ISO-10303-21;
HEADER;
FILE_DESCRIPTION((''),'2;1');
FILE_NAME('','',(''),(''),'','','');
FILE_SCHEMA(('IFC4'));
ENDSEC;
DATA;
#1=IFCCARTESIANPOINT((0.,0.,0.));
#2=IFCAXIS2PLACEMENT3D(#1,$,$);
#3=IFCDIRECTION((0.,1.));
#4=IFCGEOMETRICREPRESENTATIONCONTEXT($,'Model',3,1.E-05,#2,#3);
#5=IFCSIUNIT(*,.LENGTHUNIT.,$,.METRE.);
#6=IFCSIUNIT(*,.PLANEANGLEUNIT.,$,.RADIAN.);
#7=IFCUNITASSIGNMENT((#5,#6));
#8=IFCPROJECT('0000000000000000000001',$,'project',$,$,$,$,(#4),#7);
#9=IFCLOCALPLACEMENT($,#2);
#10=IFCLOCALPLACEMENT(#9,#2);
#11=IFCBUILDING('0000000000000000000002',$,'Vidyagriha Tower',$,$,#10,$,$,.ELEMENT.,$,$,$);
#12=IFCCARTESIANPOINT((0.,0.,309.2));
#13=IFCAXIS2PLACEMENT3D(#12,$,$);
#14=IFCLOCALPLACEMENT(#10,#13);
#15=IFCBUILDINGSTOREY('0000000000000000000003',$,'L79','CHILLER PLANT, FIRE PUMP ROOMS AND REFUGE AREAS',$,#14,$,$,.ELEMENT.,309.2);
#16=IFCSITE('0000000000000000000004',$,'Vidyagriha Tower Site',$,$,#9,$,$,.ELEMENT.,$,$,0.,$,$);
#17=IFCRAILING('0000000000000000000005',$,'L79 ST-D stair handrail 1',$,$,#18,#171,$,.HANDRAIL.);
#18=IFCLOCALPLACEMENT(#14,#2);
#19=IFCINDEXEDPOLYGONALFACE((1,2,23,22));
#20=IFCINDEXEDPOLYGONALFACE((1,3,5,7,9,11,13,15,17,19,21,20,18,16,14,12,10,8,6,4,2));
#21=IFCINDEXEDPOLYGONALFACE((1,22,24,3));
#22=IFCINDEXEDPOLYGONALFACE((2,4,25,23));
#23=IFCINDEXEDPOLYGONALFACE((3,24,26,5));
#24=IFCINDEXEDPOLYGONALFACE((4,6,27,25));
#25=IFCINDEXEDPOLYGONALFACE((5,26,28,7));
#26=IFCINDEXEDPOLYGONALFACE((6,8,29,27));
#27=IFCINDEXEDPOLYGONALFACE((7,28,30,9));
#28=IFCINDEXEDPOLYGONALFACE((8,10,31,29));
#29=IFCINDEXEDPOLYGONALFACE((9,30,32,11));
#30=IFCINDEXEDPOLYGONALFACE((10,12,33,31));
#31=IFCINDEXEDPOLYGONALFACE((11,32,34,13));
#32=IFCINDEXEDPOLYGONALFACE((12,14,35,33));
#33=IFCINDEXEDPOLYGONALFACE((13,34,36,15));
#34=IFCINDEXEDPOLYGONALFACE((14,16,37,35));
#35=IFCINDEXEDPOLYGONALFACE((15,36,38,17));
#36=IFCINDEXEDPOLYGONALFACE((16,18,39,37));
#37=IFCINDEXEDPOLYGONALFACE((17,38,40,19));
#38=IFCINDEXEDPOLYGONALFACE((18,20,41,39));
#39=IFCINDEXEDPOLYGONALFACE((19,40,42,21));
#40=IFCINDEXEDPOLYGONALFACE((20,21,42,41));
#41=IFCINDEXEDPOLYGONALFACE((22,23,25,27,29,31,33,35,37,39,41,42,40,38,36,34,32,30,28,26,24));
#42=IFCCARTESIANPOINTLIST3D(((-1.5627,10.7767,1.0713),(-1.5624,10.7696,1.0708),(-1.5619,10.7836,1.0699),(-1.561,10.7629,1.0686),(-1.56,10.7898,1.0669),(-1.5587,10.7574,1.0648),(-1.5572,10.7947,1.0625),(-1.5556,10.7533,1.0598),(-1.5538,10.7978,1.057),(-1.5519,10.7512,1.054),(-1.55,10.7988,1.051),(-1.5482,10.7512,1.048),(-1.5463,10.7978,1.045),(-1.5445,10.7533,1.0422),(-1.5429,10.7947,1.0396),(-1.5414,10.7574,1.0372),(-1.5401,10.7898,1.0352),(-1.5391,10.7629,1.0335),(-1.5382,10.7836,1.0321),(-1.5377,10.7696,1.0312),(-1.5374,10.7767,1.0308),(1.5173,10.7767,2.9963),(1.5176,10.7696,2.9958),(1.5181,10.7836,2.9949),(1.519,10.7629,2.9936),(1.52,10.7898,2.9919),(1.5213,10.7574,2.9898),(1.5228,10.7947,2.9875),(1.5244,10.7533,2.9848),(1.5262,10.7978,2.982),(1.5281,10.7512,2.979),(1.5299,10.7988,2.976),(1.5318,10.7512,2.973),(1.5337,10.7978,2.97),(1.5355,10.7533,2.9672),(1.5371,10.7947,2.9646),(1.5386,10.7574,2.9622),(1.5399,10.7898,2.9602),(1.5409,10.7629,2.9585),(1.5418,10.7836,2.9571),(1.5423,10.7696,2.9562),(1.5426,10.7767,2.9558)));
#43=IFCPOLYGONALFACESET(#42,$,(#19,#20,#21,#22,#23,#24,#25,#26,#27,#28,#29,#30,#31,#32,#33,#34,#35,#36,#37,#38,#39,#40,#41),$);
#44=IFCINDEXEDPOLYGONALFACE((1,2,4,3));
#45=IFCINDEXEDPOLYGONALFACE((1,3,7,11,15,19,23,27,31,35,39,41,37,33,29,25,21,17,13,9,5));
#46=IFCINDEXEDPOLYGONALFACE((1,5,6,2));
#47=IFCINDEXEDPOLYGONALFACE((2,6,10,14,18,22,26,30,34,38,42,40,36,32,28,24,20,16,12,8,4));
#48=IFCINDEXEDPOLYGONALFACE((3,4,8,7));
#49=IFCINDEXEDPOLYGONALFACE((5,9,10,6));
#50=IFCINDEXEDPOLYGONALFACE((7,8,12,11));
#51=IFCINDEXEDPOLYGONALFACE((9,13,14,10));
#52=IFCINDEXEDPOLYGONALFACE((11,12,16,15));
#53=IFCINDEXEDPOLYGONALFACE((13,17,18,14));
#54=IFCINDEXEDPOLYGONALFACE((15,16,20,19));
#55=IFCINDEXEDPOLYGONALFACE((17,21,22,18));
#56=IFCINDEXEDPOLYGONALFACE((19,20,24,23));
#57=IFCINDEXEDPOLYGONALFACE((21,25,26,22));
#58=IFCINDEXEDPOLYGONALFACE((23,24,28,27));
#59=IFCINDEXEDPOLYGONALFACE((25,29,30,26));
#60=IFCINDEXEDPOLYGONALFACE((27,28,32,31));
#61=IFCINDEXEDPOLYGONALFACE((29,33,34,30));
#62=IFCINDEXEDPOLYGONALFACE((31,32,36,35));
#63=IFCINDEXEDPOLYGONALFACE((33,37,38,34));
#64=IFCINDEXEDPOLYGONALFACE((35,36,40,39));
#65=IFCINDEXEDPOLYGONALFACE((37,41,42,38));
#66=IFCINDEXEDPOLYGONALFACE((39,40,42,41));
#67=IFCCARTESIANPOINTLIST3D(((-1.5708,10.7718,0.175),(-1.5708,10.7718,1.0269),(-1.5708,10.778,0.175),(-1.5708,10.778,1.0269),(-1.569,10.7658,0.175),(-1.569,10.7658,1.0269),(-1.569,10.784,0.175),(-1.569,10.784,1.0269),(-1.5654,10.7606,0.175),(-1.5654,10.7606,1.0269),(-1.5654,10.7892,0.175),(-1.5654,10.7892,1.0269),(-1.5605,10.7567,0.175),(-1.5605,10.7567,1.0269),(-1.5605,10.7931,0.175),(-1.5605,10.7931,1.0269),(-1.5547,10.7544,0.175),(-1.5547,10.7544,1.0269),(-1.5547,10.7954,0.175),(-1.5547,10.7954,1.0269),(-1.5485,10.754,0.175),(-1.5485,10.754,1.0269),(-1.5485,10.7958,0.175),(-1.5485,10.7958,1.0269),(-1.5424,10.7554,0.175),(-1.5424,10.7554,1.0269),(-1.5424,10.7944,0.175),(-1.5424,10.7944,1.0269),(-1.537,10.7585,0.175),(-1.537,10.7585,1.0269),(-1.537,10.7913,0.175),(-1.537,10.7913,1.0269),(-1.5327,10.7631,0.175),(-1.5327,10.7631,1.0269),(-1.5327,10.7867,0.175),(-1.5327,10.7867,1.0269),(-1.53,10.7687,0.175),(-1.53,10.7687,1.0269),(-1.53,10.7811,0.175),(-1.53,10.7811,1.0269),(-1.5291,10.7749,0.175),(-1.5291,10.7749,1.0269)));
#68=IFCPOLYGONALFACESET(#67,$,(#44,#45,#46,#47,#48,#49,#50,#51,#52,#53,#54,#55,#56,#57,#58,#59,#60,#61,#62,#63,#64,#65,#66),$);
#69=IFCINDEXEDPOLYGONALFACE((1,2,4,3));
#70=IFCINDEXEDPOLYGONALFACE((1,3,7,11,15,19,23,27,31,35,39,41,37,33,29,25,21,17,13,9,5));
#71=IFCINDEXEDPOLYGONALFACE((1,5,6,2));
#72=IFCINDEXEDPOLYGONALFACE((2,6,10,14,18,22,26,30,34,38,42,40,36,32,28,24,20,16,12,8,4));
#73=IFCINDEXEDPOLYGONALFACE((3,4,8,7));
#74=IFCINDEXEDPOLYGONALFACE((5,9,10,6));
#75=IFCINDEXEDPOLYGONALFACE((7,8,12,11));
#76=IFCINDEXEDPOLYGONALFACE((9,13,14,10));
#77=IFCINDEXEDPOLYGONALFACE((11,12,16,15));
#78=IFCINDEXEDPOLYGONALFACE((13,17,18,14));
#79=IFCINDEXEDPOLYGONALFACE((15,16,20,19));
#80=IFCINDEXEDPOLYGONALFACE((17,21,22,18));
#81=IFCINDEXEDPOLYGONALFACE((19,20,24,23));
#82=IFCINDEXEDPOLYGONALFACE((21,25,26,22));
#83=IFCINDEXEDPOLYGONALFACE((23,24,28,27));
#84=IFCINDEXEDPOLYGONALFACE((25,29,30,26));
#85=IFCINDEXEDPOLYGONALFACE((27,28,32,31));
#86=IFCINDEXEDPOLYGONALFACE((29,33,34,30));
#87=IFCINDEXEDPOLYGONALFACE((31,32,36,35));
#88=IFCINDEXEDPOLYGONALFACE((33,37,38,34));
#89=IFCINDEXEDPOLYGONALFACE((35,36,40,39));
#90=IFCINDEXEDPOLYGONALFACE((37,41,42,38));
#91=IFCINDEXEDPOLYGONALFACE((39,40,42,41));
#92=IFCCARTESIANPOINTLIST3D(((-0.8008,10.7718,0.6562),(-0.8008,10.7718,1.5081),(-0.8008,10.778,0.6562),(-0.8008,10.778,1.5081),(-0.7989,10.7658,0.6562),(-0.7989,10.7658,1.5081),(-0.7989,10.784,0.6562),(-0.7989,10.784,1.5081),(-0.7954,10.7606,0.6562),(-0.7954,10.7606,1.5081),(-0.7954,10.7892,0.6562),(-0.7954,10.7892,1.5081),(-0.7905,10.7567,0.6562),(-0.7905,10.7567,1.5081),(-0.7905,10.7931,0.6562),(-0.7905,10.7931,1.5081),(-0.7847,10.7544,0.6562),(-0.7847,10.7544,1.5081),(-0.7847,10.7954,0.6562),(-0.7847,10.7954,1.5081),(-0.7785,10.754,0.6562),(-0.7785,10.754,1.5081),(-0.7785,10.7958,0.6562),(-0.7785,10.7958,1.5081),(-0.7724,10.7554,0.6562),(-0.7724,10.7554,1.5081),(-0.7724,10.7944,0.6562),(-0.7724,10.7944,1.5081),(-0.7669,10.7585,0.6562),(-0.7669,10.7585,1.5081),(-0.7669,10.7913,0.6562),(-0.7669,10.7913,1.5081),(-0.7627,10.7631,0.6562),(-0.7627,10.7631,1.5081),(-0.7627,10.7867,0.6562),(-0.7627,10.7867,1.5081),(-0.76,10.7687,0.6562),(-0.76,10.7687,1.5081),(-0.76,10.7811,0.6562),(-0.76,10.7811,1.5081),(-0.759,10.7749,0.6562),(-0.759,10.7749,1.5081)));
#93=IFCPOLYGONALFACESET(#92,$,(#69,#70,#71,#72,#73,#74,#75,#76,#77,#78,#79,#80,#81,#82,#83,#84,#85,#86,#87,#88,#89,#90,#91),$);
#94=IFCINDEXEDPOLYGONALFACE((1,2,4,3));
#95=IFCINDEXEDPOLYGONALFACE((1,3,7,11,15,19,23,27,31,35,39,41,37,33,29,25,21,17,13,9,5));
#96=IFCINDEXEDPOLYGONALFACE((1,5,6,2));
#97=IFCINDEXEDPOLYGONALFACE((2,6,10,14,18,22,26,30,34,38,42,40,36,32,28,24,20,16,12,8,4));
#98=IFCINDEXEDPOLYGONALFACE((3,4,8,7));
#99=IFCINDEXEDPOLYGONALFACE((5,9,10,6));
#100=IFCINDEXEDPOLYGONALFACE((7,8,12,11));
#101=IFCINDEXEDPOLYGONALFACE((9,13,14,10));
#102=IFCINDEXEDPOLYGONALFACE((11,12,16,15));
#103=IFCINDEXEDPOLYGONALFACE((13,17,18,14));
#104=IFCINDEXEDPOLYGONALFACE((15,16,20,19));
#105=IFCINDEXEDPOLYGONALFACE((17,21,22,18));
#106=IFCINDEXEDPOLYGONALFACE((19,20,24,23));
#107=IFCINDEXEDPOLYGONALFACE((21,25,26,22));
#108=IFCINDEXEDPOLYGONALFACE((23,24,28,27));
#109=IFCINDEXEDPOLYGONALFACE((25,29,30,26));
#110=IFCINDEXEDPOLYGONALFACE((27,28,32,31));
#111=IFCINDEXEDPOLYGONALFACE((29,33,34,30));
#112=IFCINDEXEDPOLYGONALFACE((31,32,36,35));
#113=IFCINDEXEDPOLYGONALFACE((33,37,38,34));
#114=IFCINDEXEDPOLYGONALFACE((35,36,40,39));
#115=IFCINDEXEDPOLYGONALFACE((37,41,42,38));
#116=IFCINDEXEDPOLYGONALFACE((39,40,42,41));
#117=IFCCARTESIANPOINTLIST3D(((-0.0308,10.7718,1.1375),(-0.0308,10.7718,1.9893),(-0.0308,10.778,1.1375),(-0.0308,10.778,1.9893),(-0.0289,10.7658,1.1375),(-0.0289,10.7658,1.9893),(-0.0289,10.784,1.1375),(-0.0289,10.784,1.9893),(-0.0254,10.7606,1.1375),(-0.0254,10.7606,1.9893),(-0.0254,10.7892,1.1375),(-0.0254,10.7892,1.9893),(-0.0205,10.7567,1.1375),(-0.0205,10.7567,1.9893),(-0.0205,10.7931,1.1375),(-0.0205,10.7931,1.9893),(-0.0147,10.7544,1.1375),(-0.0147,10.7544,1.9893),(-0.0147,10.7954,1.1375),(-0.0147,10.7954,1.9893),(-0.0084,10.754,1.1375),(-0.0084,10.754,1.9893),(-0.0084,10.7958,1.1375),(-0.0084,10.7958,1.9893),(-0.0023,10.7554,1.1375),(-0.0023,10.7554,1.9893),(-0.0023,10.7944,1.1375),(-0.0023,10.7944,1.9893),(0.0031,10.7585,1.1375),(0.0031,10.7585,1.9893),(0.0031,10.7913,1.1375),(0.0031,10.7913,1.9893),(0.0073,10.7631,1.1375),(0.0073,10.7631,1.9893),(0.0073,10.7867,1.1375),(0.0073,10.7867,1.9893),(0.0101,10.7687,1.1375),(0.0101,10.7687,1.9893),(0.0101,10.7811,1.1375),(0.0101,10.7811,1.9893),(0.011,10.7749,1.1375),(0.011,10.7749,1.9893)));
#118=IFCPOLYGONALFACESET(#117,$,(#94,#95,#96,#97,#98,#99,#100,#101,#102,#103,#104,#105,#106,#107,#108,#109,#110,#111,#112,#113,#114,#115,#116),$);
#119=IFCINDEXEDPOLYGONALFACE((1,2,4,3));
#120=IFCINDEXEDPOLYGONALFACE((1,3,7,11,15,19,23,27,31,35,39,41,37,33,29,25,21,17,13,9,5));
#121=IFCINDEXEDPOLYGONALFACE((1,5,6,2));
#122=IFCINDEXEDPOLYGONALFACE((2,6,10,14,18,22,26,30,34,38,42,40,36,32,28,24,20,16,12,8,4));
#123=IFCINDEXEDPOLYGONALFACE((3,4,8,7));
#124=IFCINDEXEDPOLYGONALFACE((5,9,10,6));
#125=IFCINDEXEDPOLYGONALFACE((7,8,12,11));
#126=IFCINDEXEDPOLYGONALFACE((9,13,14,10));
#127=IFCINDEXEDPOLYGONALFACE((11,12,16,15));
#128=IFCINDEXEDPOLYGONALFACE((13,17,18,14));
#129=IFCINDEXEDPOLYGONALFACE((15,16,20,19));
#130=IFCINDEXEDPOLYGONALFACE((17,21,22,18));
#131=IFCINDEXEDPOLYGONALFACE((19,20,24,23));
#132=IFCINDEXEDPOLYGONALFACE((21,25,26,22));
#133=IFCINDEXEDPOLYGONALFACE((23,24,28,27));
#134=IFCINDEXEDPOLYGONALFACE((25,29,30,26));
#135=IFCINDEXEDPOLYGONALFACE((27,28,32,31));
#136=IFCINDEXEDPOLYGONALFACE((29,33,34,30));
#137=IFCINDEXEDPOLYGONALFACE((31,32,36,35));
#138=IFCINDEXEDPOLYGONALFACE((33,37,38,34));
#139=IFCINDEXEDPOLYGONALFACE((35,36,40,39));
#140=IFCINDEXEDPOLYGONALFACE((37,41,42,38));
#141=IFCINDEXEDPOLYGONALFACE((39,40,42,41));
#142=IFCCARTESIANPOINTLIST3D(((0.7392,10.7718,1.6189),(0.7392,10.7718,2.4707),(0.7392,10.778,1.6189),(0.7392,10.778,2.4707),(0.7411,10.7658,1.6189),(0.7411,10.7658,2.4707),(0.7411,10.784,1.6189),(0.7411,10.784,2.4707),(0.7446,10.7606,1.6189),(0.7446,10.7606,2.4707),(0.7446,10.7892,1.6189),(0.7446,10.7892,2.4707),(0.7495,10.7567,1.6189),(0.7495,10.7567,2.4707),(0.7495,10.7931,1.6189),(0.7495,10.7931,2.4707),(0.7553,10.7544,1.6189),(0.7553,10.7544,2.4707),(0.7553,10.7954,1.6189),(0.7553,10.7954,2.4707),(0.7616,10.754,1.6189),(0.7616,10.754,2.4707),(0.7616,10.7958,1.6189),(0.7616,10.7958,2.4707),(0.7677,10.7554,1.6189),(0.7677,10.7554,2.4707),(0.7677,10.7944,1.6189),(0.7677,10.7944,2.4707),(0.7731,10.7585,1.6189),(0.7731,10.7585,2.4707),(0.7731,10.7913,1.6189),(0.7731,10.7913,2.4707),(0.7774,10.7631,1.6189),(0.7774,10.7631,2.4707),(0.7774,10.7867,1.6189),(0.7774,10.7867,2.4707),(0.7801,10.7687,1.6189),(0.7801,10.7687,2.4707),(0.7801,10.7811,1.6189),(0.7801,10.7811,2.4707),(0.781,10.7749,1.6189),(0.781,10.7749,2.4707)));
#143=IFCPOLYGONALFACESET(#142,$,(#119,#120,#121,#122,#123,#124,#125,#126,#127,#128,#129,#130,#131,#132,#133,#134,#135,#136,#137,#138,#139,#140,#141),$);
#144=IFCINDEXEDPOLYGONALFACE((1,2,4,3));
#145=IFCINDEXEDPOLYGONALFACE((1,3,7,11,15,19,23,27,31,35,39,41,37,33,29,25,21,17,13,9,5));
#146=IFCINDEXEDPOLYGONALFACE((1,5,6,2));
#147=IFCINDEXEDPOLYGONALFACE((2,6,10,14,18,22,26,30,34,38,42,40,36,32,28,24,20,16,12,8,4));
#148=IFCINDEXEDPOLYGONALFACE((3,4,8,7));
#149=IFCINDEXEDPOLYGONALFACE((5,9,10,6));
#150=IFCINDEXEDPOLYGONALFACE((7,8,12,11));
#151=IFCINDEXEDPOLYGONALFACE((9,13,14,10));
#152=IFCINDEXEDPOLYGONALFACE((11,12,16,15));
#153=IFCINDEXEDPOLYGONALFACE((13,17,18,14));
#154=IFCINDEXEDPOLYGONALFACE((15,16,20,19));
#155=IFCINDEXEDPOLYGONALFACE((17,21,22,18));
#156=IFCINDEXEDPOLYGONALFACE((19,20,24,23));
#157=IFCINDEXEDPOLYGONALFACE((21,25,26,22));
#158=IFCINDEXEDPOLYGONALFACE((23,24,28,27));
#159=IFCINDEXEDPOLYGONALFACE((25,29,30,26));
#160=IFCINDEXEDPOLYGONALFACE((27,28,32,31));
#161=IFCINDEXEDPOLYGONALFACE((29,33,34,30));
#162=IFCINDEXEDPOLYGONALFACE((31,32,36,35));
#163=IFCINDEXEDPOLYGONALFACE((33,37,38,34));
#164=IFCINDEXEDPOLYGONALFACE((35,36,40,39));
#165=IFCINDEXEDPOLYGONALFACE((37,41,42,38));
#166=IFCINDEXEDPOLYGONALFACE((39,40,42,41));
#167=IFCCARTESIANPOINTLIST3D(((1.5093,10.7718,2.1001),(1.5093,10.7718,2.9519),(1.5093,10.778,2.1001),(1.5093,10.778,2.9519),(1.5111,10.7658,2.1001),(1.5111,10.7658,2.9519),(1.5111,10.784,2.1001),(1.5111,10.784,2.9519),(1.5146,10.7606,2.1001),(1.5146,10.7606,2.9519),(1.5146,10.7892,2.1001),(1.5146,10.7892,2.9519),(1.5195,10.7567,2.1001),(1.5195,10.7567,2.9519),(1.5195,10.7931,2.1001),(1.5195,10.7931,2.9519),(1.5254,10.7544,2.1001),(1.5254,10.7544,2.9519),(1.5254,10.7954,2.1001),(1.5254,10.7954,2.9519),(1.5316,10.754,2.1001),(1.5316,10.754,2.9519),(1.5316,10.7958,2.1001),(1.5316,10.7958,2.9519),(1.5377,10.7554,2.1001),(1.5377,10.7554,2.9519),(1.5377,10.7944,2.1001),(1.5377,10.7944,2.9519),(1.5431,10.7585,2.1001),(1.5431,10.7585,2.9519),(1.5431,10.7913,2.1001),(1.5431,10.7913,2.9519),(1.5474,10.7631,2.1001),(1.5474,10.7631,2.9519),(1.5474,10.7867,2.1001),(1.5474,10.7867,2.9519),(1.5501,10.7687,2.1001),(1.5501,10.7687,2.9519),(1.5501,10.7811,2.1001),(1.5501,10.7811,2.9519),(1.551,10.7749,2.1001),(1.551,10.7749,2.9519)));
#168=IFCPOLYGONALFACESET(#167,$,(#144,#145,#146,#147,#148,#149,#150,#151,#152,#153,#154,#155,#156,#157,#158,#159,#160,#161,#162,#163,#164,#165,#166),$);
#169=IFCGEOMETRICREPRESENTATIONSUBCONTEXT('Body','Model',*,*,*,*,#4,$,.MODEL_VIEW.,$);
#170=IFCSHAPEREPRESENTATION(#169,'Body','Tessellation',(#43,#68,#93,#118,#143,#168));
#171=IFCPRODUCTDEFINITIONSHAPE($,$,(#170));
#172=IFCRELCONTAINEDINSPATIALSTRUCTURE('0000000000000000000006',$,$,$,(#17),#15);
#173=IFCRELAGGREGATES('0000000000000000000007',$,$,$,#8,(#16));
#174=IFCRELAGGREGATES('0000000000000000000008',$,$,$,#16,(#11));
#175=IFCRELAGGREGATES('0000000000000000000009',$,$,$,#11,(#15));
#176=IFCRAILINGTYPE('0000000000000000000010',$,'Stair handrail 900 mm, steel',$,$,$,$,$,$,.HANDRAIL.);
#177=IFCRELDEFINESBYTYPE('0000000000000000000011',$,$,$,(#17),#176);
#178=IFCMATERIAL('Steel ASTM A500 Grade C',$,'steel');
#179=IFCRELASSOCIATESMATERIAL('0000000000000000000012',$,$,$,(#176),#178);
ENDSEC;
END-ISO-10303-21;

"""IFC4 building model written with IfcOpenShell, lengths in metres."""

from ifc_helpers import new_model, si_unit, direction, frame, origin, origin_2d, place, context, subcontext, project, spatial, circle, extrude, material, type_object, element, save


model = new_model("IFC4")

# Units and contexts
model_context = context("Model", 3, precision=1e-05, world=origin(), true_north=direction((0.0, 1.0)))
body_context = subcontext(model_context, "Body", "Model", "MODEL_VIEW")
ifc_project = project(units=[si_unit("LENGTHUNIT", "METRE"), si_unit("PLANEANGLEUNIT", "RADIAN")], contexts=[model_context])

# Site, building, storey
site_placement = place(None, origin())
site = spatial("IfcSite", under=ifc_project, at=site_placement, Name="Vidyagriha Tower Site", CompositionType="ELEMENT", RefElevation=0.0)
building_placement = place(site_placement, origin())
building = spatial("IfcBuilding", under=site, at=building_placement, Name="Vidyagriha Tower", CompositionType="ELEMENT")
storey_placement = place(building_placement, frame((0.0, 0.0, 309.2)))
storey = spatial("IfcBuildingStorey", under=building, at=storey_placement, Name="L79", Description="CHILLER PLANT, FIRE PUMP ROOMS AND REFUGE AREAS", CompositionType="ELEMENT", Elevation=309.2)

# Railing
ifc_material_1 = material(Name="Steel ASTM A500 Grade C", Category="steel")
railing_type = type_object("IfcRailingType", Name="Stair handrail 900 mm, steel", PredefinedType="HANDRAIL", material=ifc_material_1)
railing_placement = place(storey_placement, frame((-1.55, 10.7749, 0.175)))
element("IfcRailing", 1, at=railing_placement, inside=storey, type_object=railing_type, Name="L79 ST-D stair handrail 1", PredefinedType="HANDRAIL", context=body_context, shape_type="SweptSolid", body=[
    extrude(circle(Radius=0.0239, at=origin_2d()), frame((0.0, 0.0, 0.876), z_axis=(0.847998, 0.0, 0.529999), x_axis=(0.0, 1.0, 0.0)), (0.0, 0.0, 1.0), 3.6321),
    extrude(circle(Radius=0.021, at=origin_2d()), origin(), (0.0, 0.0, 1.0), 0.8518),
    extrude(circle(Radius=0.021, at=origin_2d()), frame((0.77, 0.0, 0.4812)), (0.0, 0.0, 1.0), 0.8518),
    extrude(circle(Radius=0.021, at=origin_2d()), frame((1.54, 0.0, 0.9624)), (0.0, 0.0, 1.0), 0.8518),
    extrude(circle(Radius=0.021, at=origin_2d()), frame((2.3101, 0.0, 1.4438)), (0.0, 0.0, 1.0), 0.8518),
    extrude(circle(Radius=0.021, at=origin_2d()), frame((3.0801, 0.0, 1.925)), (0.0, 0.0, 1.0), 0.8518),
])

save(model, "model.ifc")
